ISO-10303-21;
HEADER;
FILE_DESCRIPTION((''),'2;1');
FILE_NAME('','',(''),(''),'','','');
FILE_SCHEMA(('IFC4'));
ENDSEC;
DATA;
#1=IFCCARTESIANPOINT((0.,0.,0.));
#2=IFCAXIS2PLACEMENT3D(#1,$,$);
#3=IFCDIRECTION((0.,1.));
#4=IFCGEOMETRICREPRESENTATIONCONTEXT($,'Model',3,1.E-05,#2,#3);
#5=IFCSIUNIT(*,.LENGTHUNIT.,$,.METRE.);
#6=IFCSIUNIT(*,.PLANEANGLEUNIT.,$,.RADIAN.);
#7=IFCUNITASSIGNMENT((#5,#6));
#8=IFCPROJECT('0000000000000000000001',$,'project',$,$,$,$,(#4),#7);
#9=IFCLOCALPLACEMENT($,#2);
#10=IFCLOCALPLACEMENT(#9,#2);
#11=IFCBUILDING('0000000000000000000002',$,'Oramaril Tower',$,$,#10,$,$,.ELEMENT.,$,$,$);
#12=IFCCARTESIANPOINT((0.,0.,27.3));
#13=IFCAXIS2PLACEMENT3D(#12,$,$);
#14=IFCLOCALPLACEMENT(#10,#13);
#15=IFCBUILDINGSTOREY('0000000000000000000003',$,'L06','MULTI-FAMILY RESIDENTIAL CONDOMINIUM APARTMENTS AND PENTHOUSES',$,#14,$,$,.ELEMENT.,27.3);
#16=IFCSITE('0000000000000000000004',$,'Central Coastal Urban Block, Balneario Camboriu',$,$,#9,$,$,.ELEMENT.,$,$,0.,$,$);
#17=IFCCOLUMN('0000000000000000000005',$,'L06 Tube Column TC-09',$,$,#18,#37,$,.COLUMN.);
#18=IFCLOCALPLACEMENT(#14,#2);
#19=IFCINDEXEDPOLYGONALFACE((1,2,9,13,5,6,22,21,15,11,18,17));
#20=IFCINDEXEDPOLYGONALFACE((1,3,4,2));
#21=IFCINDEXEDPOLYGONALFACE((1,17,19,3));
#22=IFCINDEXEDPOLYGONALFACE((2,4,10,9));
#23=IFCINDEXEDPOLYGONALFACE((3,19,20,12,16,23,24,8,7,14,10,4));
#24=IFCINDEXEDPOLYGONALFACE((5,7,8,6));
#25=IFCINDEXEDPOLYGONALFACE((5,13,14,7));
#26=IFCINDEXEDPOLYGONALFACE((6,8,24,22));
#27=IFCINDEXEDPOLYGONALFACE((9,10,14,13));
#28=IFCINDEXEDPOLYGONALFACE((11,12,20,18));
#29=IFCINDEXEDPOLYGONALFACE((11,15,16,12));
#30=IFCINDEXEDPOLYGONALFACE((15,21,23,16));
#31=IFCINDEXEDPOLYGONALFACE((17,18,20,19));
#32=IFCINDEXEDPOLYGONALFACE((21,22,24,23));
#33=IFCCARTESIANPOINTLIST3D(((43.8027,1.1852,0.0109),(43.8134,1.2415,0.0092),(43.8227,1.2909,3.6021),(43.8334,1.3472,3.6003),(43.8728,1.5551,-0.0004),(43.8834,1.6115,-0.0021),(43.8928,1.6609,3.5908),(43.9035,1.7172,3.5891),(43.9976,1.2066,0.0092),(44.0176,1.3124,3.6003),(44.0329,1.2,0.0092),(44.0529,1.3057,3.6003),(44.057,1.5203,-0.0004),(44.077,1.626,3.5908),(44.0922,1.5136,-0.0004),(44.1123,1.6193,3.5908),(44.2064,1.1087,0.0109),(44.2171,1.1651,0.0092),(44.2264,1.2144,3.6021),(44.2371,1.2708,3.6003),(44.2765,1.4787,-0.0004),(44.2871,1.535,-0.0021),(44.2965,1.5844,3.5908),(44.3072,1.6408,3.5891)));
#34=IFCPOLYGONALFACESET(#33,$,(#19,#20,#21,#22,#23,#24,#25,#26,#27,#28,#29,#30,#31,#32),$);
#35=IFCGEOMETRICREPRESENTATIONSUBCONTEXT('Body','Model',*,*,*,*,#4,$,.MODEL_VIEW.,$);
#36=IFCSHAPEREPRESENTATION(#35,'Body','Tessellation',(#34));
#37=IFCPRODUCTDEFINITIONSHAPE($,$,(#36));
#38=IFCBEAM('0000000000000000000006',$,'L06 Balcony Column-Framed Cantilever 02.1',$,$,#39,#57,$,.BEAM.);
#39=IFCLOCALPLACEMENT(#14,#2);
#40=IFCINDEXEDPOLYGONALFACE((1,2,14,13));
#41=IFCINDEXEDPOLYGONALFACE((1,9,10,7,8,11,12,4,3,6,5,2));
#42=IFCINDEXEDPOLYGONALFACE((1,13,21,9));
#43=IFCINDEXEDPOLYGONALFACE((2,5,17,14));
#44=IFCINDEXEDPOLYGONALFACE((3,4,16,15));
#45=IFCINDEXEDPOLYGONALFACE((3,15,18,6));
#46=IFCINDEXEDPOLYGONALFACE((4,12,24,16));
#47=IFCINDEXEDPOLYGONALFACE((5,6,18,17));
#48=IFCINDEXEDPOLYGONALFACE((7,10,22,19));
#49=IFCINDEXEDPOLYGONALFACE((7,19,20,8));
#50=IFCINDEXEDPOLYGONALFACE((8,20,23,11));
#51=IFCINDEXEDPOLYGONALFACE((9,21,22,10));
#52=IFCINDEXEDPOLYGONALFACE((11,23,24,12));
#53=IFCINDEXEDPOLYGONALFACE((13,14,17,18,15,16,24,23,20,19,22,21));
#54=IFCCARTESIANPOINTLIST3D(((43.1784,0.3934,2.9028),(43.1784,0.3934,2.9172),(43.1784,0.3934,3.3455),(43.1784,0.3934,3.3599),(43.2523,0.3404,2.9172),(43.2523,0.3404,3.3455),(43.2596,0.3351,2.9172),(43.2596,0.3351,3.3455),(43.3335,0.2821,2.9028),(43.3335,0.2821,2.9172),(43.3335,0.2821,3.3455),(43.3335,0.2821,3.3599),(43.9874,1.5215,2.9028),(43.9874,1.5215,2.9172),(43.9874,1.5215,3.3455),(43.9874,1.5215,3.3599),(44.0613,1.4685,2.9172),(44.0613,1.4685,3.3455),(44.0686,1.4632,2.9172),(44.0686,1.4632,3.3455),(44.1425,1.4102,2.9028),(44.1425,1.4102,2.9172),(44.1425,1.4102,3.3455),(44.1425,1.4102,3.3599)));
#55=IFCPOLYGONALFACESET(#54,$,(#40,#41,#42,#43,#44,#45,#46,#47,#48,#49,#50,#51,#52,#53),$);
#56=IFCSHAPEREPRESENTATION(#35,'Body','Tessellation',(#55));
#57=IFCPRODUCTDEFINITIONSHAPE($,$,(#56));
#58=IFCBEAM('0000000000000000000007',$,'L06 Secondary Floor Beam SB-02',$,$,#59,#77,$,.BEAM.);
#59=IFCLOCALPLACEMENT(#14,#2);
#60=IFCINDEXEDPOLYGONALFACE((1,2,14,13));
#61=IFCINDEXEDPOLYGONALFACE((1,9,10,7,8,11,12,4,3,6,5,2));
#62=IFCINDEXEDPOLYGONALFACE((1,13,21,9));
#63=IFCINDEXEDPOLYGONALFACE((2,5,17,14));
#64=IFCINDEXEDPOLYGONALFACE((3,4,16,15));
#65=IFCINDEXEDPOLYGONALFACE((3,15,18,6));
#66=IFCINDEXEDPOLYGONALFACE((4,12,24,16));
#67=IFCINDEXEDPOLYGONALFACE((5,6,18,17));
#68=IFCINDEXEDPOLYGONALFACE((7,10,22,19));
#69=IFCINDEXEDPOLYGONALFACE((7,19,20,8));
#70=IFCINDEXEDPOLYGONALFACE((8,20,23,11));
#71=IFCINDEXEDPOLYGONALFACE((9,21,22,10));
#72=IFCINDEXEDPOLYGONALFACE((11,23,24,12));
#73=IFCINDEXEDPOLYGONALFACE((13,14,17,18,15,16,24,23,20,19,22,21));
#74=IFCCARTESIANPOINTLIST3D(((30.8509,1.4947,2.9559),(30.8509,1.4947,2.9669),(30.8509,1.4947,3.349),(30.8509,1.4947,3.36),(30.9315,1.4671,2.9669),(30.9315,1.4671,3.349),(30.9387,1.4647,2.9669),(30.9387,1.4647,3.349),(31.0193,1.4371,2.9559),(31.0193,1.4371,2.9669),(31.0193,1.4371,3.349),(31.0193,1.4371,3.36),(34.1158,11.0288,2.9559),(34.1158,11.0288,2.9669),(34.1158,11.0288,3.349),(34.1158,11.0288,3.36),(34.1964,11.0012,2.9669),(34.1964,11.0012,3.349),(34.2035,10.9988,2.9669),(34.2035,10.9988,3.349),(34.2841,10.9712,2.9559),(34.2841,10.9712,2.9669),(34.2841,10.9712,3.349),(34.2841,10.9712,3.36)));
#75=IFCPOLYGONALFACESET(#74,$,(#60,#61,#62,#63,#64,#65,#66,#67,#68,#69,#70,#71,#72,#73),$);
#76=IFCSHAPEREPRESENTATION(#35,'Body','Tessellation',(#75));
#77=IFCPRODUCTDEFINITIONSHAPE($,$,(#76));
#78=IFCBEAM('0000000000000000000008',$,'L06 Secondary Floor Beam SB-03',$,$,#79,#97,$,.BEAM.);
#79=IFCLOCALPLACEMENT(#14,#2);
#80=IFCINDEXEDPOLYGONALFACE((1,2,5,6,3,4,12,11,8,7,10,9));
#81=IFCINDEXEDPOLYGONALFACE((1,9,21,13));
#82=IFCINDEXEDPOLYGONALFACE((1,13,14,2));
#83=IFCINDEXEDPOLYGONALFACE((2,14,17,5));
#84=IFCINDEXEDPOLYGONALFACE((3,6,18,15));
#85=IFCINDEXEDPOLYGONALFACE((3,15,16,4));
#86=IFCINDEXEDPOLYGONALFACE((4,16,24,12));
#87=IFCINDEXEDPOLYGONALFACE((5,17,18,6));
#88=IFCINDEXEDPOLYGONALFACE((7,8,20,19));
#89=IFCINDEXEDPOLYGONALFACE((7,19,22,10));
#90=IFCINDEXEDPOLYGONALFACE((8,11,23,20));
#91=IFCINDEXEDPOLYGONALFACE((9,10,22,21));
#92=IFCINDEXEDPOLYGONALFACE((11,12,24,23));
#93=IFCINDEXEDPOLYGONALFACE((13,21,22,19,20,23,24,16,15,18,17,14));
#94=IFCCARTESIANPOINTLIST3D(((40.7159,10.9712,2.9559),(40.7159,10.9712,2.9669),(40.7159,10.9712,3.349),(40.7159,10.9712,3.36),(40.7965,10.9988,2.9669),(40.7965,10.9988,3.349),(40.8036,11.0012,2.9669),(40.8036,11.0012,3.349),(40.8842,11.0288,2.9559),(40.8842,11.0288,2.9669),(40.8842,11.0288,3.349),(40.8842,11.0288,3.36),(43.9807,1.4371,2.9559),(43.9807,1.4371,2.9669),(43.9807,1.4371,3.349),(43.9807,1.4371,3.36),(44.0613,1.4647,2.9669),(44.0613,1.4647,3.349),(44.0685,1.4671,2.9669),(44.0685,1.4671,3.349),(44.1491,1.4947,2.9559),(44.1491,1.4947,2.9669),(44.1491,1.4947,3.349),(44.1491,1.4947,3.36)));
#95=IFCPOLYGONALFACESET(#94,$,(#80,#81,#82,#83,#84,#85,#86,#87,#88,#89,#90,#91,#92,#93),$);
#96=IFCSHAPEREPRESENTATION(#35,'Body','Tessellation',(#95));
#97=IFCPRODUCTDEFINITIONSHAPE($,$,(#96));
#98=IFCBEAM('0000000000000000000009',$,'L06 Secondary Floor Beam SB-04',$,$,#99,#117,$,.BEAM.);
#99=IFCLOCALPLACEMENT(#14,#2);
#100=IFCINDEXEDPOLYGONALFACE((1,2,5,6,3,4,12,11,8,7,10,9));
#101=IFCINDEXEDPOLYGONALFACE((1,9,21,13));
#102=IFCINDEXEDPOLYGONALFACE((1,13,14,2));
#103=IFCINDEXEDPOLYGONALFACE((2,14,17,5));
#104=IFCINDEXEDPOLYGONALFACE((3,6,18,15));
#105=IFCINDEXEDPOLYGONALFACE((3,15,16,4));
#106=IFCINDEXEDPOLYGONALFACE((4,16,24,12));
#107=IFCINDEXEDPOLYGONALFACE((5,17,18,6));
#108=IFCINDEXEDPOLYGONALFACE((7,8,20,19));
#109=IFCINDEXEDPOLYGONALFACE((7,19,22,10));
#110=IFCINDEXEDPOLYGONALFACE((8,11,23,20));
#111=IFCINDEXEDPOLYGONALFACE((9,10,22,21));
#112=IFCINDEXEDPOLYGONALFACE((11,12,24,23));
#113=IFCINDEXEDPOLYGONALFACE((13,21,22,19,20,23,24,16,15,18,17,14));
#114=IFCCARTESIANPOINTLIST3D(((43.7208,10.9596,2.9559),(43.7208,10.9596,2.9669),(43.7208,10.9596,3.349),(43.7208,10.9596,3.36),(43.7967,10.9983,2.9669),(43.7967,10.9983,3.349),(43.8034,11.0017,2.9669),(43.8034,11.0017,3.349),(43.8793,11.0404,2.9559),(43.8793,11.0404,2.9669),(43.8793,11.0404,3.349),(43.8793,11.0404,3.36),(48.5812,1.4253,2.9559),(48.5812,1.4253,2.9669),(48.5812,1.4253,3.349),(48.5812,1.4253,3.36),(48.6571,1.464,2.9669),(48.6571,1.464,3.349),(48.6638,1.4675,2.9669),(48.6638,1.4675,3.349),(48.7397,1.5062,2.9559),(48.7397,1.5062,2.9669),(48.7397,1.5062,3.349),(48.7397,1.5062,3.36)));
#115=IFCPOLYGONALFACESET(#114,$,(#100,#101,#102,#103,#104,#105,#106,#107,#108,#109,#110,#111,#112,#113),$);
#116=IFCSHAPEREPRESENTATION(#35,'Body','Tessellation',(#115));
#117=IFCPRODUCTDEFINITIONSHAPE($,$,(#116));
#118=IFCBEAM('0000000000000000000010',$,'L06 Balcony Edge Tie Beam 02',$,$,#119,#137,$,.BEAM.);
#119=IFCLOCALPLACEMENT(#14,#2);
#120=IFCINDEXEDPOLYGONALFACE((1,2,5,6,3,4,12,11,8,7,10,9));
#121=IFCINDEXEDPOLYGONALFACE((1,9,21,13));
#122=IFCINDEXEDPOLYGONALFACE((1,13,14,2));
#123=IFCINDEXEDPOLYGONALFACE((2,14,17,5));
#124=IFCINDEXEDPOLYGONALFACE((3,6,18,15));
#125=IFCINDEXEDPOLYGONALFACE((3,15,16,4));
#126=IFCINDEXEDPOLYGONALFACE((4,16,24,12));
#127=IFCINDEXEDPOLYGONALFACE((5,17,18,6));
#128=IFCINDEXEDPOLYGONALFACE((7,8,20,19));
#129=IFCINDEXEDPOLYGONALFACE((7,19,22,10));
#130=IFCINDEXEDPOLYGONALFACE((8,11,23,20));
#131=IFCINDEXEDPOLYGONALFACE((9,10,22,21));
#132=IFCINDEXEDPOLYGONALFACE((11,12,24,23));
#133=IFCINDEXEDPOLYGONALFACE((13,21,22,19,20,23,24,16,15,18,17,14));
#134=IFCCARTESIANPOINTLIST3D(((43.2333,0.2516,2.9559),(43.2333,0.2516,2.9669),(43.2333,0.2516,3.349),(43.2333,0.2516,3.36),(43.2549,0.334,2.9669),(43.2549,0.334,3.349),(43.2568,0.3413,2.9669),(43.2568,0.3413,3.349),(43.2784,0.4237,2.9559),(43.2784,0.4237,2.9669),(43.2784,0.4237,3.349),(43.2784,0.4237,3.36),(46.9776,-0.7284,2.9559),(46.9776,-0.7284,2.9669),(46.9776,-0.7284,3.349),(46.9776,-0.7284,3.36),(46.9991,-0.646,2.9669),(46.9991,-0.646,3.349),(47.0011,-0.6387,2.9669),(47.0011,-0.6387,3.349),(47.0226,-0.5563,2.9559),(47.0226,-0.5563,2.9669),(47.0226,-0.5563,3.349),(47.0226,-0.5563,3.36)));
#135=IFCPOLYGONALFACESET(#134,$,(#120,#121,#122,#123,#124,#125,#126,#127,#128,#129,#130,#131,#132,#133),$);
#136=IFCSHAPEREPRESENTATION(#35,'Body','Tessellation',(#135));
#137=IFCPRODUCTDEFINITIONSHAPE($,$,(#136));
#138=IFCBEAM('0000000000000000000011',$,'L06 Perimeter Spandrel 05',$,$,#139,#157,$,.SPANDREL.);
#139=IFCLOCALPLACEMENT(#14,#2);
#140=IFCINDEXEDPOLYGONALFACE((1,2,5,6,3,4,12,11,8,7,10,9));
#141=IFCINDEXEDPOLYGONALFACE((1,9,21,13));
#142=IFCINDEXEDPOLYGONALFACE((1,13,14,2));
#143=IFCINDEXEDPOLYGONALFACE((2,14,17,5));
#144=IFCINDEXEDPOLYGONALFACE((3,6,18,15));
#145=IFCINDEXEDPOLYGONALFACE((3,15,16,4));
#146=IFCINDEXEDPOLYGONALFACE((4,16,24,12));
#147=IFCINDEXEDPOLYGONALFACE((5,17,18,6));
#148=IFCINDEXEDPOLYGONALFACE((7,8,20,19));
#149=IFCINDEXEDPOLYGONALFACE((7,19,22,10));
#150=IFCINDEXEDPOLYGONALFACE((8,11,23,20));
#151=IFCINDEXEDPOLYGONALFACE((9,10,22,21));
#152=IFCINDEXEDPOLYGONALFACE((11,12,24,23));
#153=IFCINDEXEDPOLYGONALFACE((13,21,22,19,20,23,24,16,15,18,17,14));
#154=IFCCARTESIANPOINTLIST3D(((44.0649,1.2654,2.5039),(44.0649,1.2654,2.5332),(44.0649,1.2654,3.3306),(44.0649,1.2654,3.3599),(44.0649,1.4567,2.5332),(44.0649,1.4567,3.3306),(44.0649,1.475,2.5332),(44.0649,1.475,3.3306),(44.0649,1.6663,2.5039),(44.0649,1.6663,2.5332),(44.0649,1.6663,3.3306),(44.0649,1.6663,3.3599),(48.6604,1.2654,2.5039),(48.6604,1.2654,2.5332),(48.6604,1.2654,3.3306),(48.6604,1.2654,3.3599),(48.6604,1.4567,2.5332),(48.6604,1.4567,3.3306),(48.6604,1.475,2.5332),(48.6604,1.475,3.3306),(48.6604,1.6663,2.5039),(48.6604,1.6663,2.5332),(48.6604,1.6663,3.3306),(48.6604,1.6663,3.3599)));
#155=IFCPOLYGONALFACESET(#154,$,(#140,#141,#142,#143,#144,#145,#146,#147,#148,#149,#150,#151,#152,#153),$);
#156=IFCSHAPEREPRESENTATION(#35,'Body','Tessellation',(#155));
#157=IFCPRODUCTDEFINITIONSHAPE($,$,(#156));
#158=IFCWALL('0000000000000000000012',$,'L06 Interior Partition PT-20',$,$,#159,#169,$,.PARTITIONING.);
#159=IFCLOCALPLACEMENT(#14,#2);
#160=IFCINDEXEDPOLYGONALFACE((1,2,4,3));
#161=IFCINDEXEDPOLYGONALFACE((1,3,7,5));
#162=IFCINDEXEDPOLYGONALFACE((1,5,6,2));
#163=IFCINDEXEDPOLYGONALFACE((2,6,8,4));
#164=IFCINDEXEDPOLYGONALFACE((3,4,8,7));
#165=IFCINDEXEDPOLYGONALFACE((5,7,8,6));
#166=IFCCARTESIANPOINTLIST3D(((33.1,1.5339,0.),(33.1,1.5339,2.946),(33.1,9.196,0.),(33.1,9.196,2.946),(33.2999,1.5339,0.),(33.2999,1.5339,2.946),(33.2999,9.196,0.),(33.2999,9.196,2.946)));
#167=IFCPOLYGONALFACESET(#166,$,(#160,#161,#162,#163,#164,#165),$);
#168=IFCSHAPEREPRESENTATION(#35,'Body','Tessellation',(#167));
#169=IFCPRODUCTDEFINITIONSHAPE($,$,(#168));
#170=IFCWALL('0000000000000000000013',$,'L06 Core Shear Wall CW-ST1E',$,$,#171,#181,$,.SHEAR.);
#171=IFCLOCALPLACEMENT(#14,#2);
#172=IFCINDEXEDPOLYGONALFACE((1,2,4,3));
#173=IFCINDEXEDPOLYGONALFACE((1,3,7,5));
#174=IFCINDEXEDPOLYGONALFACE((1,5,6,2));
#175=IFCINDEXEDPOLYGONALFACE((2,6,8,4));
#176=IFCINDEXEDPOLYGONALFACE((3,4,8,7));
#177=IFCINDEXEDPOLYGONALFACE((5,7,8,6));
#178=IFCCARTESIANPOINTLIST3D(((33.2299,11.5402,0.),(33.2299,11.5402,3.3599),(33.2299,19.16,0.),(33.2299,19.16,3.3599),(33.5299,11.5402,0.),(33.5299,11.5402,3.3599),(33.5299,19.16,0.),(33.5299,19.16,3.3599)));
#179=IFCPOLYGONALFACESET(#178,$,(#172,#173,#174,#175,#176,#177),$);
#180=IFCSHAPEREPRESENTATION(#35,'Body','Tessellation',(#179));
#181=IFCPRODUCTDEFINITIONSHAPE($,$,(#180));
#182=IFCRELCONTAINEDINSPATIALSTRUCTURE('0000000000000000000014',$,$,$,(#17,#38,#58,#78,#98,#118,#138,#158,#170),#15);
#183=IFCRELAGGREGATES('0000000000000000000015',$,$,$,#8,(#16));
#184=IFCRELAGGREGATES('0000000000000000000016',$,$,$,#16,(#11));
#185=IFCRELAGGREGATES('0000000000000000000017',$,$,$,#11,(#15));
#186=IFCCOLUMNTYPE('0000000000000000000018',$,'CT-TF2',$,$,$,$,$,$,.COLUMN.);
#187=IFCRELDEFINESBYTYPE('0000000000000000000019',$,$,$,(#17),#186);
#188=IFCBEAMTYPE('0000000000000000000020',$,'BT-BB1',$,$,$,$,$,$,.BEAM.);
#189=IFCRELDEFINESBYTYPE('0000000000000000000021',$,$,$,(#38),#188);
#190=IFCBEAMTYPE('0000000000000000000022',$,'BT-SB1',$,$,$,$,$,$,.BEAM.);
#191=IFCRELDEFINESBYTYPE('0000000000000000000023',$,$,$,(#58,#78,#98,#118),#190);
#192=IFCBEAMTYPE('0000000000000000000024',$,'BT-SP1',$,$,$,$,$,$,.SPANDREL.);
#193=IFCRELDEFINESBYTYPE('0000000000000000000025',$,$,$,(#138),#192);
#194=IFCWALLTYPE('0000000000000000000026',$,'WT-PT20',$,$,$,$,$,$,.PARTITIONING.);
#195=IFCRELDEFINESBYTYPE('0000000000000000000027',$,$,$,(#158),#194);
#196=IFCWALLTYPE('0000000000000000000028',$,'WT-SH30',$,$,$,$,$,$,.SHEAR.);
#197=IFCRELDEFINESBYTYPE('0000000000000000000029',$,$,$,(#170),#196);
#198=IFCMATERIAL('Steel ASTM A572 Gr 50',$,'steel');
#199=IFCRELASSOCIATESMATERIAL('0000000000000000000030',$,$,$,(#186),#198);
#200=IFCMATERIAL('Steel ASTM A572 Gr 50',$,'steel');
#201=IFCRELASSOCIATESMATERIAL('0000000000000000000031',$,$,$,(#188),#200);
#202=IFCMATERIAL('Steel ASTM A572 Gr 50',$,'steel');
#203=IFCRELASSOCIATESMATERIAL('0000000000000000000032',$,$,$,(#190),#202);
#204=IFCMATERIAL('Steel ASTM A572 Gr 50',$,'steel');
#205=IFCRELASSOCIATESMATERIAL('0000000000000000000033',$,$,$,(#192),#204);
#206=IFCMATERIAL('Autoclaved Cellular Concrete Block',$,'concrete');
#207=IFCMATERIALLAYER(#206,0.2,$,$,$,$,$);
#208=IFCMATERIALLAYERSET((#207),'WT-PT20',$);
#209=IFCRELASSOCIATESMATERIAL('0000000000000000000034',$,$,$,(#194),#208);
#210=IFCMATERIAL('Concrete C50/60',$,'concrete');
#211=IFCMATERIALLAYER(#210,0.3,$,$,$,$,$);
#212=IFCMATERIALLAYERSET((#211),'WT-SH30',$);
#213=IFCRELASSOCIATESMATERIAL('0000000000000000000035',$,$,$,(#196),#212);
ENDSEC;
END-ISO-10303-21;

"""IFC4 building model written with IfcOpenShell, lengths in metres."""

from ifc_helpers import new_model, si_unit, direction, frame, frame_2d, origin, origin_2d, place, context, subcontext, project, spatial, rectangle, i_section, extrude, material, layer, layer_set, material_profile, profile_set, type_object, element, save


model = new_model("IFC4")

# Units and contexts
model_context = context("Model", 3, precision=1e-05, world=origin(), true_north=direction((0.0, 1.0)))
body_context = subcontext(model_context, "Body", "Model", "MODEL_VIEW")
ifc_project = project(units=[si_unit("LENGTHUNIT", "METRE"), si_unit("PLANEANGLEUNIT", "RADIAN")], contexts=[model_context])

# Site, building, storey
site_placement = place(None, origin())
site = spatial("IfcSite", under=ifc_project, at=site_placement, Name="Central Coastal Urban Block, Balneario Camboriu", CompositionType="ELEMENT", RefElevation=0.0)
building_placement = place(site_placement, origin())
building = spatial("IfcBuilding", under=site, at=building_placement, Name="Oramaril Tower", CompositionType="ELEMENT")
storey_placement = place(building_placement, frame((0.0, 0.0, 27.3)))
storey = spatial("IfcBuildingStorey", under=building, at=storey_placement, Name="L06", Description="MULTI-FAMILY RESIDENTIAL CONDOMINIUM APARTMENTS AND PENTHOUSES", CompositionType="ELEMENT", Elevation=27.3)

# Column
ifc_material_1 = material(Name="Steel ASTM A572 Gr 50", Category="steel")
ifc_material_profile_1 = material_profile(ifc_material_1, i_section(OverallWidth=0.4109, OverallDepth=0.4341, WebThickness=0.0359, FlangeThickness=0.0574, at=origin_2d()), Name="W14X311")
ifc_profile_set_1 = profile_set([ifc_material_profile_1], Name="Steel ASTM A572 Gr 50")
column_type = type_object("IfcColumnType", Name="CT-TF2", PredefinedType="COLUMN", material=ifc_profile_set_1)
column_placement = place(storey_placement, frame((44.0449, 1.3601, 0.0044), z_axis=(0.005572, 0.029425, 0.999551), x_axis=(-0.982537, 0.186069, 0.0)))
element("IfcColumn", 1, at=column_placement, inside=storey, type_object=column_type, Name="L06 Tube Column TC-09", PredefinedType="COLUMN", context=body_context, shape_type="SweptSolid", body=[
    extrude(i_section(OverallWidth=0.4109, OverallDepth=0.4341, WebThickness=0.0359, FlangeThickness=0.0574, at=origin_2d()), origin(), (0.0, 0.0, 1.0), 3.5928),
])

# Beams
ifc_material_2 = material(Name="Steel ASTM A572 Gr 50", Category="steel")
ifc_material_profile_2 = material_profile(ifc_material_2, i_section(OverallWidth=0.1909, OverallDepth=0.457, WebThickness=0.009, FlangeThickness=0.0144, at=origin_2d()), Name="W18X50")
ifc_profile_set_2 = profile_set([ifc_material_profile_2], Name="Steel ASTM A572 Gr 50")
beam_type_1 = type_object("IfcBeamType", Name="BT-BB1", PredefinedType="BEAM", material=ifc_profile_set_2)
beam_1_placement = place(storey_placement, frame((44.0649, 1.4658, 3.1313), z_axis=(-0.582784, -0.812627, 0.0), x_axis=(0.812627, -0.582784, 0.0)))
element("IfcBeam", 2, at=beam_1_placement, inside=storey, type_object=beam_type_1, Name="L06 Balcony Column-Framed Cantilever 02.1", PredefinedType="BEAM", context=body_context, shape_type="SweptSolid", body=[
    extrude(i_section(OverallWidth=0.1909, OverallDepth=0.457, WebThickness=0.009, FlangeThickness=0.0144, at=origin_2d()), origin(), (0.0, 0.0, 1.0), 1.3882),
])
ifc_material_3 = material(Name="Steel ASTM A572 Gr 50", Category="steel")
ifc_material_profile_3 = material_profile(ifc_material_3, i_section(OverallWidth=0.178, OverallDepth=0.4041, WebThickness=0.0076, FlangeThickness=0.011, at=origin_2d()), Name="W16X36")
ifc_profile_set_3 = profile_set([ifc_material_profile_3], Name="Steel ASTM A572 Gr 50")
beam_type_2 = type_object("IfcBeamType", Name="BT-SB1", PredefinedType="BEAM", material=ifc_profile_set_3)
for number, where, z_axis, x_axis, name in (
    (3, (34.2, 11.0, 3.158), (-0.323972, -0.946067, 0.0), (0.946067, -0.323972, 0.0), "L06 Secondary Floor Beam SB-02"),
    (4, (40.8, 11.0, 3.158), (0.323972, -0.946067, 0.0), (0.946067, 0.323972, 0.0), "L06 Secondary Floor Beam SB-03"),
):
    element("IfcBeam", number, at=place(storey_placement, frame(where, z_axis=z_axis, x_axis=x_axis)), inside=storey, type_object=beam_type_2, Name=name, PredefinedType="BEAM", context=body_context, shape_type="SweptSolid", body=[
        extrude(i_section(OverallWidth=0.178, OverallDepth=0.4041, WebThickness=0.0076, FlangeThickness=0.011, at=origin_2d()), origin(), (0.0, 0.0, 1.0), 10.0776),
    ])
beam_2_placement = place(storey_placement, frame((43.8, 11.0, 3.158), z_axis=(0.454172, -0.890914, 0.0), x_axis=(0.890914, 0.454172, 0.0)))
element("IfcBeam", 5, at=beam_2_placement, inside=storey, type_object=beam_type_2, Name="L06 Secondary Floor Beam SB-04", PredefinedType="BEAM", context=body_context, shape_type="SweptSolid", body=[
    extrude(i_section(OverallWidth=0.178, OverallDepth=0.4041, WebThickness=0.0076, FlangeThickness=0.011, at=origin_2d()), origin(), (0.0, 0.0, 1.0), 10.7017),
])
beam_3_placement = place(storey_placement, frame((43.2559, 0.3376, 3.158), z_axis=(0.967412, -0.253208, 0.0), x_axis=(0.253208, 0.967412, 0.0)))
element("IfcBeam", 6, at=beam_3_placement, inside=storey, type_object=beam_type_2, Name="L06 Balcony Edge Tie Beam 02", PredefinedType="BEAM", context=body_context, shape_type="SweptSolid", body=[
    extrude(i_section(OverallWidth=0.178, OverallDepth=0.4041, WebThickness=0.0076, FlangeThickness=0.011, at=origin_2d()), origin(), (0.0, 0.0, 1.0), 3.8704),
])
ifc_material_4 = material(Name="Steel ASTM A572 Gr 50", Category="steel")
ifc_material_profile_4 = material_profile(ifc_material_4, i_section(OverallWidth=0.4009, OverallDepth=0.856, WebThickness=0.0183, FlangeThickness=0.0293, at=origin_2d()), Name="W33X201")
ifc_profile_set_4 = profile_set([ifc_material_profile_4], Name="Steel ASTM A572 Gr 50")
beam_type_3 = type_object("IfcBeamType", Name="BT-SP1", PredefinedType="SPANDREL", material=ifc_profile_set_4)
beam_4_placement = place(storey_placement, frame((44.0649, 1.4658, 2.9319), z_axis=(1.0, 0.0, 0.0), x_axis=(0.0, 1.0, 0.0)))
element("IfcBeam", 7, at=beam_4_placement, inside=storey, type_object=beam_type_3, Name="L06 Perimeter Spandrel 05", PredefinedType="SPANDREL", context=body_context, shape_type="SweptSolid", body=[
    extrude(i_section(OverallWidth=0.4009, OverallDepth=0.856, WebThickness=0.0183, FlangeThickness=0.0293, at=origin_2d()), origin(), (0.0, 0.0, 1.0), 4.5955),
])

# Walls
ifc_material_5 = material(Name="Autoclaved Cellular Concrete Block", Category="concrete")
ifc_layer_1 = layer(ifc_material_5, 0.2)
ifc_layer_set_1 = layer_set([ifc_layer_1], Name="WT-PT20")
wall_type_1 = type_object("IfcWallType", Name="WT-PT20", PredefinedType="PARTITIONING", material=ifc_layer_set_1)
wall_1_placement = place(storey_placement, frame((33.2, 1.5339, 0.0), z_axis=(0.0, 0.0, 1.0), x_axis=(0.0, 1.0, 0.0)))
element("IfcWall", 8, at=wall_1_placement, inside=storey, type_object=wall_type_1, Name="L06 Interior Partition PT-20", PredefinedType="PARTITIONING", context=body_context, shape_type="SweptSolid", body=[
    extrude(rectangle(XDim=7.6621, YDim=0.2, at=frame_2d((3.8311, 0.0))), origin(), (0.0, 0.0, 1.0), 2.946),
])
ifc_material_6 = material(Name="Concrete C50/60", Category="concrete")
ifc_layer_2 = layer(ifc_material_6, 0.3)
ifc_layer_set_2 = layer_set([ifc_layer_2], Name="WT-SH30")
wall_type_2 = type_object("IfcWallType", Name="WT-SH30", PredefinedType="SHEAR", material=ifc_layer_set_2)
for number, where, z_axis, x_axis, name in (
    (9, (33.3799, 11.54, 0.0), (0.0, 0.0, 1.0), (0.0, 1.0, 0.0), "L06 Core Shear Wall CW-ST1E"),
):
    element("IfcWall", number, at=place(storey_placement, frame(where, z_axis=z_axis, x_axis=x_axis)), inside=storey, type_object=wall_type_2, Name=name, PredefinedType="SHEAR", context=body_context, shape_type="SweptSolid", body=[
        extrude(rectangle(XDim=7.6199, YDim=0.3, at=frame_2d((3.8101, 0.0))), origin(), (0.0, 0.0, 1.0), 3.3599),
    ])

save(model, "model.ifc")
